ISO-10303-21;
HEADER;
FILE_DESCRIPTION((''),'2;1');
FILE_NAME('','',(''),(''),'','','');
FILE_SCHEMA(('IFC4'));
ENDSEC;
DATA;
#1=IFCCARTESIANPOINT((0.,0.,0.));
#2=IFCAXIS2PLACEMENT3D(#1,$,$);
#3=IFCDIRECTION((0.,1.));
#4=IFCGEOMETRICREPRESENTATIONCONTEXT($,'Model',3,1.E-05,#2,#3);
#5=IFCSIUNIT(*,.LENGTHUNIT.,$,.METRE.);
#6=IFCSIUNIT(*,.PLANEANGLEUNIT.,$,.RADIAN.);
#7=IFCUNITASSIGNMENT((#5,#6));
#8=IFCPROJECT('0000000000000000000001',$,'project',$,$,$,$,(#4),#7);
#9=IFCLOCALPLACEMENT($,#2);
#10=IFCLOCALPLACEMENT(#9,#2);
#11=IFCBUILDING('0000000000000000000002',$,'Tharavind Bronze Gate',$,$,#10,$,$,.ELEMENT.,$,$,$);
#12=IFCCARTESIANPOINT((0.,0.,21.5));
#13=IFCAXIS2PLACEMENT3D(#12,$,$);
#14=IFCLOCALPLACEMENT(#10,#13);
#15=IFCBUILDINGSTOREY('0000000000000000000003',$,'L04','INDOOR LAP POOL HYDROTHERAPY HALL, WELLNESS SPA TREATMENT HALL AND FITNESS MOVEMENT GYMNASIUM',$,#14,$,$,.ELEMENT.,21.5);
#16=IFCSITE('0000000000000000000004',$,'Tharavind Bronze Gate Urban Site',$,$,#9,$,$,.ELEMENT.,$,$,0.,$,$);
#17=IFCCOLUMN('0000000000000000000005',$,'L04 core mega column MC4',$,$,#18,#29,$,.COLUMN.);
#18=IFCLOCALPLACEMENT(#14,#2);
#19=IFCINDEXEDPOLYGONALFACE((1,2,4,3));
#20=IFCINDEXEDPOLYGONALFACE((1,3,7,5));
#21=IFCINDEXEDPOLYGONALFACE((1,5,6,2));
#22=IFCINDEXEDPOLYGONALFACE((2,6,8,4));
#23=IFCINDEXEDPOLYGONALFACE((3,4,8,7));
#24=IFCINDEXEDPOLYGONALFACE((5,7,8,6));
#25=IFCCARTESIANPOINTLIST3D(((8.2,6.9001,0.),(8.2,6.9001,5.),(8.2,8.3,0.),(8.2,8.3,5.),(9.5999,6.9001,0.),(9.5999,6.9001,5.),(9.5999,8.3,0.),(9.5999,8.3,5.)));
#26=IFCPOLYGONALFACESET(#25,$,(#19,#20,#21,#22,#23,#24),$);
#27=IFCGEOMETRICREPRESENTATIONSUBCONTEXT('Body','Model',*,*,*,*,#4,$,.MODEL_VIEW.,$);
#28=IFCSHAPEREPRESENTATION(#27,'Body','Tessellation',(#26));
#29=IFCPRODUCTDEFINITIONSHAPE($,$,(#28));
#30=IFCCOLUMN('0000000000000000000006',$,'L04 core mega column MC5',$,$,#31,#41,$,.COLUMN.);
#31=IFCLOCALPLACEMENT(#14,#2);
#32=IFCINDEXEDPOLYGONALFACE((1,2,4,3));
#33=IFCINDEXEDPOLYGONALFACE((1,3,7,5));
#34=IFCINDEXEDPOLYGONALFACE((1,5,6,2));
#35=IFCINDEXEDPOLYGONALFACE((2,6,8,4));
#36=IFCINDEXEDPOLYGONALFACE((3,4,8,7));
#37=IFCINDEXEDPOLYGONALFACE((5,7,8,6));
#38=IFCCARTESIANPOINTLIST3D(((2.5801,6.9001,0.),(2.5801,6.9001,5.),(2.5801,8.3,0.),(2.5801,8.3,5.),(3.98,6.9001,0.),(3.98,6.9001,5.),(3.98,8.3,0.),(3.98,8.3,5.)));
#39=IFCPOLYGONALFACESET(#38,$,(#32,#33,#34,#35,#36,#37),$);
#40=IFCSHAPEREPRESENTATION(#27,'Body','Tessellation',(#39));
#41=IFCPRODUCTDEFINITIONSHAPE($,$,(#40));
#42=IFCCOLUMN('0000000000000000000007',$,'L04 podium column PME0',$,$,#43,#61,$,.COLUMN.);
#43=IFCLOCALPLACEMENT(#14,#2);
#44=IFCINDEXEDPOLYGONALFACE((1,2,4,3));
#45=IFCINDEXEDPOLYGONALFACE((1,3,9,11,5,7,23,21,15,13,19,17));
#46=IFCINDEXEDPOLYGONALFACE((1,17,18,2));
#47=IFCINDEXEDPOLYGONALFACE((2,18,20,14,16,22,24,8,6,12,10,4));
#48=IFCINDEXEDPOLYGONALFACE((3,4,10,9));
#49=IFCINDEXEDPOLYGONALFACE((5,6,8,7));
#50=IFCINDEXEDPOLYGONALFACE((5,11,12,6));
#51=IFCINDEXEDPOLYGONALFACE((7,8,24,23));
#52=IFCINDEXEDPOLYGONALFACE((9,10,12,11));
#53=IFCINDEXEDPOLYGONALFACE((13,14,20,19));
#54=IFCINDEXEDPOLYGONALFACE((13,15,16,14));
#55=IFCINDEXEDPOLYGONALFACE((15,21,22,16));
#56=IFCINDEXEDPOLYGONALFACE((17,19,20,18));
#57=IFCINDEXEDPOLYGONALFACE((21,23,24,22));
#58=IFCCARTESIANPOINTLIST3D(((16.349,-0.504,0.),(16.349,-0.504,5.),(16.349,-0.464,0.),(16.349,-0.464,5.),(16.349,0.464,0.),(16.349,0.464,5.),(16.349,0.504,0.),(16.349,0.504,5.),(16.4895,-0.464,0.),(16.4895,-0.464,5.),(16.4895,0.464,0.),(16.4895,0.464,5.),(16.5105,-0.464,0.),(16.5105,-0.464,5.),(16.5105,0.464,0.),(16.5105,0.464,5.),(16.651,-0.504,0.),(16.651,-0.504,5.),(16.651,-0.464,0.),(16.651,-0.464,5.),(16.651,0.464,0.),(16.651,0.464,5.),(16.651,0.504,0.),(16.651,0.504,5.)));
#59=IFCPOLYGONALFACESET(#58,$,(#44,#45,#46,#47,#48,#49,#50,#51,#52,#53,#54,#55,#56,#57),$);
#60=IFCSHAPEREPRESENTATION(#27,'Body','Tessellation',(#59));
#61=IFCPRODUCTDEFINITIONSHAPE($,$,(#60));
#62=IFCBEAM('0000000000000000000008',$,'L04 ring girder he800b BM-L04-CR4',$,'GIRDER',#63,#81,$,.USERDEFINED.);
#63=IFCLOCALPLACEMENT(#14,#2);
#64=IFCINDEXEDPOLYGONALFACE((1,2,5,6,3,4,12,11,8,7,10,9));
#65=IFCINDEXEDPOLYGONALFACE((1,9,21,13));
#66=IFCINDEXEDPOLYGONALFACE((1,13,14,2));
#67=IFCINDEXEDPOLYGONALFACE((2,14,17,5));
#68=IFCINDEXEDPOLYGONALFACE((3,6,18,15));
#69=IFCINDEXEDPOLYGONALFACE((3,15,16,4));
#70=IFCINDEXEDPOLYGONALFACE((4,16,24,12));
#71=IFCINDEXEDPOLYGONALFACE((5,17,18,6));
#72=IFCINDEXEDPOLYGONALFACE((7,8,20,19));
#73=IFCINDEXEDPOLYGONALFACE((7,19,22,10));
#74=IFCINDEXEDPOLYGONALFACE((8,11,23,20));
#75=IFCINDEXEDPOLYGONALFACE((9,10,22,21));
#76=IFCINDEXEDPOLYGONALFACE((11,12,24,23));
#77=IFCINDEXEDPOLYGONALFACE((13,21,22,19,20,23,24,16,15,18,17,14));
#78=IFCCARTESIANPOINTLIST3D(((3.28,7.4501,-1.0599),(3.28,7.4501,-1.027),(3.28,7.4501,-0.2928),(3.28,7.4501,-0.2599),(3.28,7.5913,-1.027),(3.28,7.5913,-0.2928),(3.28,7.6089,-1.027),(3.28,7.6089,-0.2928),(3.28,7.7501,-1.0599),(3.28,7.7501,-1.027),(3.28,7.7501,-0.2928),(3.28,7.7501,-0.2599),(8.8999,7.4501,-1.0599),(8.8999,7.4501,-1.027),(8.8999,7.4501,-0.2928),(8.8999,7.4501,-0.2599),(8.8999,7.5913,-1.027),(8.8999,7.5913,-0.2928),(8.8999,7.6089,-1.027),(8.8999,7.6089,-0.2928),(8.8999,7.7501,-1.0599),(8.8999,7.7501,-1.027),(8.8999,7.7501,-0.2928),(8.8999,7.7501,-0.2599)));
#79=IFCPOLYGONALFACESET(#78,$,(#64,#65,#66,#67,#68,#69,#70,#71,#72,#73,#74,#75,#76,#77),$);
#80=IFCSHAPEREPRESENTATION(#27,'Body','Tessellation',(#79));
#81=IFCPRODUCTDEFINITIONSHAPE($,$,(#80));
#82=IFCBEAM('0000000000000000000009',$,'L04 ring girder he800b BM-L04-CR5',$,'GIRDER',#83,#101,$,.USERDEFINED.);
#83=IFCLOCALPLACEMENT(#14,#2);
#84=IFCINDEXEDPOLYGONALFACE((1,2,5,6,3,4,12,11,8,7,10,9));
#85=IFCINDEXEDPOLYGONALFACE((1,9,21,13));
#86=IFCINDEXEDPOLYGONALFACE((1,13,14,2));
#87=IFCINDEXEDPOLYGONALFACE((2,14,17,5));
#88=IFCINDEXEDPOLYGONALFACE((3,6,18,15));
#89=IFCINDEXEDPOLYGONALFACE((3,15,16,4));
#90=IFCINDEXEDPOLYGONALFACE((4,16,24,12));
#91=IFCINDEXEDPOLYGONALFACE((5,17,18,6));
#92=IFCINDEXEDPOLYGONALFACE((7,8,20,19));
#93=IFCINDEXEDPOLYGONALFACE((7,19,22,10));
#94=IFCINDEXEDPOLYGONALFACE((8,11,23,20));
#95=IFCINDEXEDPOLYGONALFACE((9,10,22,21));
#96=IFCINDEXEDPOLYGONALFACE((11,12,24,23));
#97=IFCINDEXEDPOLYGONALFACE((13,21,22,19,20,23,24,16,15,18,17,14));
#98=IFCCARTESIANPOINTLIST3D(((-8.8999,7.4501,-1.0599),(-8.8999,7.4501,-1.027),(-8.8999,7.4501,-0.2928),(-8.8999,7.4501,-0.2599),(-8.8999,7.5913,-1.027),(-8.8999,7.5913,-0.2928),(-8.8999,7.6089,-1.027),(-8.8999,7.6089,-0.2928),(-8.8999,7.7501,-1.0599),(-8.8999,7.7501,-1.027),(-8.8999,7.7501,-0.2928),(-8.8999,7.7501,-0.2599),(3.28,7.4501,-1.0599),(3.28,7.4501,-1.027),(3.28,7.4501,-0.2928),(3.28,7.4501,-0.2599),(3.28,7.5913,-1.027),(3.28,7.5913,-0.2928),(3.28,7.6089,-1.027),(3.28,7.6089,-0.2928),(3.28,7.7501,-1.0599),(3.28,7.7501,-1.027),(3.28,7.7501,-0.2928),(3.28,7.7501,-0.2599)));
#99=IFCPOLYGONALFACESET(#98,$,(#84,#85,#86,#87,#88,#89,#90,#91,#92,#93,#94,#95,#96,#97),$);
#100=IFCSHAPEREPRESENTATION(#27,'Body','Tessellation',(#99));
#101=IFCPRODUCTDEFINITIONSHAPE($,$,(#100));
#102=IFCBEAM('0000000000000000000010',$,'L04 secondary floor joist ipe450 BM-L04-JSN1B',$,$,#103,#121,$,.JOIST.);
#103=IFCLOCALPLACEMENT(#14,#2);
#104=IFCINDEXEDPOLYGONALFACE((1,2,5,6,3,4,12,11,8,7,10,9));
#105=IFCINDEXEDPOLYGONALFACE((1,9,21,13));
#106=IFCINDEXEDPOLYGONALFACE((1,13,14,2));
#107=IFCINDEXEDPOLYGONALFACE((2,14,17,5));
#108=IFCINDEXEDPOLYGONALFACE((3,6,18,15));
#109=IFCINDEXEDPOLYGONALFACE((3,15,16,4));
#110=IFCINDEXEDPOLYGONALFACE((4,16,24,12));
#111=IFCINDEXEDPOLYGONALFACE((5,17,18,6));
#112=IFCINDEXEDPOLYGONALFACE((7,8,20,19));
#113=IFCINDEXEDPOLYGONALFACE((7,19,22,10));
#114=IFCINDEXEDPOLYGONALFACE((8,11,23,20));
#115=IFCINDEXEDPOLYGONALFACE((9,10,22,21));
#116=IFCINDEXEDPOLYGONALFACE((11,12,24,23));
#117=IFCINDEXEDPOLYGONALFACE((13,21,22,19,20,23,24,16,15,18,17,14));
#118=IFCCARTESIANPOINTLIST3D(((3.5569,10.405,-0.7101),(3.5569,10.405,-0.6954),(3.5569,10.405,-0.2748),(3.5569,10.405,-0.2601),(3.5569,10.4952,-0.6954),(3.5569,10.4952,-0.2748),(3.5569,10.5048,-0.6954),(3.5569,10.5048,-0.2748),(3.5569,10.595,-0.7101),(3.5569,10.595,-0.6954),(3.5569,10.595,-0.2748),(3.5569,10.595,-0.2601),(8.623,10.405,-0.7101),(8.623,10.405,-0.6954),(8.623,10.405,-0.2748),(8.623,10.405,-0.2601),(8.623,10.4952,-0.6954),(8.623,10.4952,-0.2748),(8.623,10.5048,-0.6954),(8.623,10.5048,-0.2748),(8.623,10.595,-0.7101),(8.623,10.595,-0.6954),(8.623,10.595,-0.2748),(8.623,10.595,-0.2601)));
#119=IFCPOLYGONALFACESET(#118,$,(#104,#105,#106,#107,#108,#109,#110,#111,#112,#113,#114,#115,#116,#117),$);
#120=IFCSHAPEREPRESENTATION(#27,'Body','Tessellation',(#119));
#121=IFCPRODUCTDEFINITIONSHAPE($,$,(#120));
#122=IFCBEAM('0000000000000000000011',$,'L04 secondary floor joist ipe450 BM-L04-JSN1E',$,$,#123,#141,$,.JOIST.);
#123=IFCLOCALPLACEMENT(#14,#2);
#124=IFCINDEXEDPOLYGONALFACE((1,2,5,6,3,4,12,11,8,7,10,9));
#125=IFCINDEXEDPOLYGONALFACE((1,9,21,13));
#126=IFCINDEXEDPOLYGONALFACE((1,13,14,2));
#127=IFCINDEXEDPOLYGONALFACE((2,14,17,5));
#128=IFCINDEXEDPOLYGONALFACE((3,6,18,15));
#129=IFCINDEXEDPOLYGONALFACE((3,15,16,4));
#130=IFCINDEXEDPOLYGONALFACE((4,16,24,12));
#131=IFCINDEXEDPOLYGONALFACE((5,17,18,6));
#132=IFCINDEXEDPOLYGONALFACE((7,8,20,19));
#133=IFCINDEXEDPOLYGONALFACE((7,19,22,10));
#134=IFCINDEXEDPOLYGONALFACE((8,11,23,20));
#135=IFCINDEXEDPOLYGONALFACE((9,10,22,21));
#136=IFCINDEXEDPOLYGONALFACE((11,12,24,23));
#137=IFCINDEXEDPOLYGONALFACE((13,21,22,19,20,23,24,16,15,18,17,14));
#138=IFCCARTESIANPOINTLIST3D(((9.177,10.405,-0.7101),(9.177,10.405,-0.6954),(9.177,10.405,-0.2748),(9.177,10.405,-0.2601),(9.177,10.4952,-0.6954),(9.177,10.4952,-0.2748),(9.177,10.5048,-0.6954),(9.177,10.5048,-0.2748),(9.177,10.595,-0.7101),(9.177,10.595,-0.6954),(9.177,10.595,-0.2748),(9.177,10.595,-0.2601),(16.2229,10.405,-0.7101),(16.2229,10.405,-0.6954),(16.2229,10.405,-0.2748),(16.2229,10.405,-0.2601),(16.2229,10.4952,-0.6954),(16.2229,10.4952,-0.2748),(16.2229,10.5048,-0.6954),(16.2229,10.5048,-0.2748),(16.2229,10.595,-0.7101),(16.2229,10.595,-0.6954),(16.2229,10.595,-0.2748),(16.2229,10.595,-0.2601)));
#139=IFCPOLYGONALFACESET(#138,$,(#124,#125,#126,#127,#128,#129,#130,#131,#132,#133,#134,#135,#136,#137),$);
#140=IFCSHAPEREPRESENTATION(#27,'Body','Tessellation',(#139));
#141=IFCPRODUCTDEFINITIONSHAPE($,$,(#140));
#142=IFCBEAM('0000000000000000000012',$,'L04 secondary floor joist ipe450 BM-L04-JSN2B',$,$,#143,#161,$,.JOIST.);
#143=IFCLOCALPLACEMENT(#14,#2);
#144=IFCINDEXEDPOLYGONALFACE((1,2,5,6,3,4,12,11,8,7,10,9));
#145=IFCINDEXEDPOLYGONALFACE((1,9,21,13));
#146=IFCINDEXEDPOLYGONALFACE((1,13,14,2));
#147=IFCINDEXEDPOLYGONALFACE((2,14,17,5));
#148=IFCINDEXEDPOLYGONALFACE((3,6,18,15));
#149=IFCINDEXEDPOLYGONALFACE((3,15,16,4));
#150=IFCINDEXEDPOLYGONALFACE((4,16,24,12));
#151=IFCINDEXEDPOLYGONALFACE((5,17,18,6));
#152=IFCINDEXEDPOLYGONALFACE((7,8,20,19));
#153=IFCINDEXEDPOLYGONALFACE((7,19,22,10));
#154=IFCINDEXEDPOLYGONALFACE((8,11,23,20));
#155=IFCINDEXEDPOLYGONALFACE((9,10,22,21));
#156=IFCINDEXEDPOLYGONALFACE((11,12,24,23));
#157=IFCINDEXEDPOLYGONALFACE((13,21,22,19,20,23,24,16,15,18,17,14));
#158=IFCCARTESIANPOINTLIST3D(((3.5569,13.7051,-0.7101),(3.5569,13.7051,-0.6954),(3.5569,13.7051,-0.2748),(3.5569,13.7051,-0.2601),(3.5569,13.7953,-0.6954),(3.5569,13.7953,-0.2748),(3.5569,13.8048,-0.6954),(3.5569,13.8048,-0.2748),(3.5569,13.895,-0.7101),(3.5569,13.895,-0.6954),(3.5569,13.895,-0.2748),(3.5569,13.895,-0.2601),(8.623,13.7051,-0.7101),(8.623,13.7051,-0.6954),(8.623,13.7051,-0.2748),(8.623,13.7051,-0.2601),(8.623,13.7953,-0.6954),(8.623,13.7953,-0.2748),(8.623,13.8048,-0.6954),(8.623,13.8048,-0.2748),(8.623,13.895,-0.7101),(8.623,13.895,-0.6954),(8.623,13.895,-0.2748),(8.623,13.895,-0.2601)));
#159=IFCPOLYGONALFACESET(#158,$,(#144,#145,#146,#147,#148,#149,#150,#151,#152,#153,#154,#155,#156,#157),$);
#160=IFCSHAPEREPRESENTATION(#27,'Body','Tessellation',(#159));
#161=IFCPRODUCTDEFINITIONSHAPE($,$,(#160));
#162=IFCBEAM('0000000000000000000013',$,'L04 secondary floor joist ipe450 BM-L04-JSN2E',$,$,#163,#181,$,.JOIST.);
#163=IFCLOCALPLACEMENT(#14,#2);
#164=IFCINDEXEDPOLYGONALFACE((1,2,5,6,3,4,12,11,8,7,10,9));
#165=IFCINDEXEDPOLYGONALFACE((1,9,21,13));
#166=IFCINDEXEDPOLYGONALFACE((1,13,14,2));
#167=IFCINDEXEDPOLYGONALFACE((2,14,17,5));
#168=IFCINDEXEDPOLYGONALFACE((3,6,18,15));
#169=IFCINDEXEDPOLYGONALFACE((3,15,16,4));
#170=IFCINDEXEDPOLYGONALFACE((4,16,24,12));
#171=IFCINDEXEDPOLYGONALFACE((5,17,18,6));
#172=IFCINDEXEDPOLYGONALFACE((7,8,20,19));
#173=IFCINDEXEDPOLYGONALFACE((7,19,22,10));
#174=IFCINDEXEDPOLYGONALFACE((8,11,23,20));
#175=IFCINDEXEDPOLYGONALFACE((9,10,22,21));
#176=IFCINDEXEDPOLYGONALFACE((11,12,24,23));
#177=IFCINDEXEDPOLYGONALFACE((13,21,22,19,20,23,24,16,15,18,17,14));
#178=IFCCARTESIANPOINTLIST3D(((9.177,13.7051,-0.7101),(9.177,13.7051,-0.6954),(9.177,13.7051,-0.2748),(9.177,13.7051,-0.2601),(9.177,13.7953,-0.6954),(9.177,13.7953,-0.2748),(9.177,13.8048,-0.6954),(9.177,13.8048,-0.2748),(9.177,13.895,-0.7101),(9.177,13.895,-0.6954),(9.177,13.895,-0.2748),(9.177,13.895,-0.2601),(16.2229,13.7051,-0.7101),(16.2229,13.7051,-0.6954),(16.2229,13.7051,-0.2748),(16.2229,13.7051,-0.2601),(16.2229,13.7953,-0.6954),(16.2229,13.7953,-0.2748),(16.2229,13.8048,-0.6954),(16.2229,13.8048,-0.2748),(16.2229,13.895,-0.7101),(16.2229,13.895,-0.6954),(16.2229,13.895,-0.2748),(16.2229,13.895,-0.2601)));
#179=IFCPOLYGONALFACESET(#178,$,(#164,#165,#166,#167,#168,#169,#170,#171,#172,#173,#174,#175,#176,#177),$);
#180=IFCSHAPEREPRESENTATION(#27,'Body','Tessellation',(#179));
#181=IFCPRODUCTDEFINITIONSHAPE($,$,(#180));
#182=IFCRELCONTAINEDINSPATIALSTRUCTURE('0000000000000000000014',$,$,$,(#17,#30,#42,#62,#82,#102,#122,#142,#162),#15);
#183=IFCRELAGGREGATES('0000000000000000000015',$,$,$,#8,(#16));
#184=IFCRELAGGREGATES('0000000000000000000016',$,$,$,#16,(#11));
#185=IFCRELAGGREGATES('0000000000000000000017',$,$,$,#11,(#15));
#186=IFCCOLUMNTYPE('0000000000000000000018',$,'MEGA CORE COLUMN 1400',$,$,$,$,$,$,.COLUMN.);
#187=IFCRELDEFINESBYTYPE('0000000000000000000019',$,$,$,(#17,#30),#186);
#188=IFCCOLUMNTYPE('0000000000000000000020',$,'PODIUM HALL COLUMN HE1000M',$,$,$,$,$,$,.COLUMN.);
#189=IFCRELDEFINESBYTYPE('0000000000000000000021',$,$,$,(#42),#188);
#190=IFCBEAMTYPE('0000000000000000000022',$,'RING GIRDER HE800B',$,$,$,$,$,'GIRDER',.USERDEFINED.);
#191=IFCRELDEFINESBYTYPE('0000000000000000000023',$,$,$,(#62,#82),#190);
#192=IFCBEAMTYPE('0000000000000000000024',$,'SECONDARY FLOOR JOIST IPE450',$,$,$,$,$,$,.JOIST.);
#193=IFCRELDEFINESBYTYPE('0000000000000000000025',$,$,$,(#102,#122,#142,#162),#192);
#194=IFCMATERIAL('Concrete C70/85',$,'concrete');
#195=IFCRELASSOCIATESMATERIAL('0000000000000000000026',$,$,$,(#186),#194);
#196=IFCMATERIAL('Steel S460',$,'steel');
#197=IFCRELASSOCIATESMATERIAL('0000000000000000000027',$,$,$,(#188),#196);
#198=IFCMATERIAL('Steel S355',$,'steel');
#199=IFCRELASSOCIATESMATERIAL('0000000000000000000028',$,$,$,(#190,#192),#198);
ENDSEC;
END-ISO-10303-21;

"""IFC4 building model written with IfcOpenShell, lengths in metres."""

from ifc_helpers import new_model, si_unit, direction, frame, origin, origin_2d, place, context, subcontext, project, spatial, rectangle, i_section, extrude, material, material_profile, profile_set, type_object, element, save


model = new_model("IFC4")

# Units and contexts
model_context = context("Model", 3, precision=1e-05, world=origin(), true_north=direction((0.0, 1.0)))
body_context = subcontext(model_context, "Body", "Model", "MODEL_VIEW")
ifc_project = project(units=[si_unit("LENGTHUNIT", "METRE"), si_unit("PLANEANGLEUNIT", "RADIAN")], contexts=[model_context])

# Site, building, storey
site_placement = place(None, origin())
site = spatial("IfcSite", under=ifc_project, at=site_placement, Name="Tharavind Bronze Gate Urban Site", CompositionType="ELEMENT", RefElevation=0.0)
building_placement = place(site_placement, origin())
building = spatial("IfcBuilding", under=site, at=building_placement, Name="Tharavind Bronze Gate", CompositionType="ELEMENT")
storey_placement = place(building_placement, frame((0.0, 0.0, 21.5)))
storey = spatial("IfcBuildingStorey", under=building, at=storey_placement, Name="L04", Description="INDOOR LAP POOL HYDROTHERAPY HALL, WELLNESS SPA TREATMENT HALL AND FITNESS MOVEMENT GYMNASIUM", CompositionType="ELEMENT", Elevation=21.5)

# Columns
ifc_material_1 = material(Name="Concrete C70/85", Category="concrete")
ifc_material_profile_1 = material_profile(ifc_material_1, rectangle(XDim=1.3999, YDim=1.3999, at=origin_2d()), Name="RCCOL1400")
ifc_profile_set_1 = profile_set([ifc_material_profile_1], Name="Concrete C70/85")
column_type_1 = type_object("IfcColumnType", Name="MEGA CORE COLUMN 1400", PredefinedType="COLUMN", material=ifc_profile_set_1)
for number, where, z_axis, x_axis, name in (
    (1, (8.8999, 7.6001, 0.0), (0.0, 0.0, 1.0), (1.0, 0.0, 0.0), "L04 core mega column MC4"),
    (2, (3.28, 7.6001, 0.0), (0.0, 0.0, 1.0), (1.0, 0.0, 0.0), "L04 core mega column MC5"),
):
    element("IfcColumn", number, at=place(storey_placement, frame(where, z_axis=z_axis, x_axis=x_axis)), inside=storey, type_object=column_type_1, Name=name, PredefinedType="COLUMN", context=body_context, shape_type="SweptSolid", body=[
        extrude(rectangle(XDim=1.3999, YDim=1.3999, at=origin_2d()), origin(), (0.0, 0.0, 1.0), 5.0),
    ])
ifc_material_2 = material(Name="Steel S460", Category="steel")
ifc_material_profile_2 = material_profile(ifc_material_2, i_section(OverallWidth=0.302, OverallDepth=1.0081, WebThickness=0.021, FlangeThickness=0.04, at=origin_2d()), Name="HE1000M")
ifc_profile_set_2 = profile_set([ifc_material_profile_2], Name="Steel S460")
column_type_2 = type_object("IfcColumnType", Name="PODIUM HALL COLUMN HE1000M", PredefinedType="COLUMN", material=ifc_profile_set_2)
column_placement = place(storey_placement, frame((16.5, 0.0, 0.0), z_axis=(0.0, 0.0, 1.0), x_axis=(1.0, 0.0, 0.0)))
element("IfcColumn", 3, at=column_placement, inside=storey, type_object=column_type_2, Name="L04 podium column PME0", PredefinedType="COLUMN", context=body_context, shape_type="SweptSolid", body=[
    extrude(i_section(OverallWidth=0.302, OverallDepth=1.0081, WebThickness=0.021, FlangeThickness=0.04, at=origin_2d()), origin(), (0.0, 0.0, 1.0), 5.0),
])

# Beams
ifc_material_3 = material(Name="Steel S355", Category="steel")
ifc_material_profile_3 = material_profile(ifc_material_3, i_section(OverallWidth=0.3, OverallDepth=0.8, WebThickness=0.0176, FlangeThickness=0.033, at=origin_2d()), Name="HE800B")
ifc_profile_set_3 = profile_set([ifc_material_profile_3], Name="Steel S355")
beam_type_1 = type_object("IfcBeamType", Name="RING GIRDER HE800B", ElementType="GIRDER", PredefinedType="USERDEFINED", material=ifc_profile_set_3)
beam_1_placement = place(storey_placement, frame((8.8999, 7.6001, -0.6599), z_axis=(-1.0, 0.0, 0.0), x_axis=(0.0, -1.0, 0.0)))
element("IfcBeam", 4, at=beam_1_placement, inside=storey, type_object=beam_type_1, Name="L04 ring girder he800b BM-L04-CR4", ObjectType="GIRDER", PredefinedType="USERDEFINED", context=body_context, shape_type="SweptSolid", body=[
    extrude(i_section(OverallWidth=0.3, OverallDepth=0.8, WebThickness=0.0176, FlangeThickness=0.033, at=origin_2d()), origin(), (0.0, 0.0, 1.0), 5.6199),
])
beam_2_placement = place(storey_placement, frame((3.28, 7.6001, -0.6599), z_axis=(-1.0, 0.0, 0.0), x_axis=(0.0, -1.0, 0.0)))
element("IfcBeam", 5, at=beam_2_placement, inside=storey, type_object=beam_type_1, Name="L04 ring girder he800b BM-L04-CR5", ObjectType="GIRDER", PredefinedType="USERDEFINED", context=body_context, shape_type="SweptSolid", body=[
    extrude(i_section(OverallWidth=0.3, OverallDepth=0.8, WebThickness=0.0176, FlangeThickness=0.033, at=origin_2d()), origin(), (0.0, 0.0, 1.0), 12.1799),
])
ifc_material_profile_4 = material_profile(ifc_material_3, i_section(OverallWidth=0.1899, OverallDepth=0.45, WebThickness=0.0095, FlangeThickness=0.0146, at=origin_2d()), Name="IPE450")
ifc_profile_set_4 = profile_set([ifc_material_profile_4], Name="Steel S355")
beam_type_2 = type_object("IfcBeamType", Name="SECONDARY FLOOR JOIST IPE450", PredefinedType="JOIST", material=ifc_profile_set_4)
beam_3_placement = place(storey_placement, frame((3.5569, 10.5, -0.4851), z_axis=(1.0, 0.0, 0.0), x_axis=(0.0, 1.0, 0.0)))
element("IfcBeam", 6, at=beam_3_placement, inside=storey, type_object=beam_type_2, Name="L04 secondary floor joist ipe450 BM-L04-JSN1B", PredefinedType="JOIST", context=body_context, shape_type="SweptSolid", body=[
    extrude(i_section(OverallWidth=0.1899, OverallDepth=0.45, WebThickness=0.0095, FlangeThickness=0.0146, at=origin_2d()), origin(), (0.0, 0.0, 1.0), 5.0662),
])
beam_4_placement = place(storey_placement, frame((9.177, 10.5, -0.4851), z_axis=(1.0, 0.0, 0.0), x_axis=(0.0, 1.0, 0.0)))
element("IfcBeam", 7, at=beam_4_placement, inside=storey, type_object=beam_type_2, Name="L04 secondary floor joist ipe450 BM-L04-JSN1E", PredefinedType="JOIST", context=body_context, shape_type="SweptSolid", body=[
    extrude(i_section(OverallWidth=0.1899, OverallDepth=0.45, WebThickness=0.0095, FlangeThickness=0.0146, at=origin_2d()), origin(), (0.0, 0.0, 1.0), 7.0459),
])
beam_5_placement = place(storey_placement, frame((3.5569, 13.8, -0.4851), z_axis=(1.0, 0.0, 0.0), x_axis=(0.0, 1.0, 0.0)))
element("IfcBeam", 8, at=beam_5_placement, inside=storey, type_object=beam_type_2, Name="L04 secondary floor joist ipe450 BM-L04-JSN2B", PredefinedType="JOIST", context=body_context, shape_type="SweptSolid", body=[
    extrude(i_section(OverallWidth=0.1899, OverallDepth=0.45, WebThickness=0.0095, FlangeThickness=0.0146, at=origin_2d()), origin(), (0.0, 0.0, 1.0), 5.0662),
])
beam_6_placement = place(storey_placement, frame((9.177, 13.8, -0.4851), z_axis=(1.0, 0.0, 0.0), x_axis=(0.0, 1.0, 0.0)))
element("IfcBeam", 9, at=beam_6_placement, inside=storey, type_object=beam_type_2, Name="L04 secondary floor joist ipe450 BM-L04-JSN2E", PredefinedType="JOIST", context=body_context, shape_type="SweptSolid", body=[
    extrude(i_section(OverallWidth=0.1899, OverallDepth=0.45, WebThickness=0.0095, FlangeThickness=0.0146, at=origin_2d()), origin(), (0.0, 0.0, 1.0), 7.0459),
])

save(model, "model.ifc")
